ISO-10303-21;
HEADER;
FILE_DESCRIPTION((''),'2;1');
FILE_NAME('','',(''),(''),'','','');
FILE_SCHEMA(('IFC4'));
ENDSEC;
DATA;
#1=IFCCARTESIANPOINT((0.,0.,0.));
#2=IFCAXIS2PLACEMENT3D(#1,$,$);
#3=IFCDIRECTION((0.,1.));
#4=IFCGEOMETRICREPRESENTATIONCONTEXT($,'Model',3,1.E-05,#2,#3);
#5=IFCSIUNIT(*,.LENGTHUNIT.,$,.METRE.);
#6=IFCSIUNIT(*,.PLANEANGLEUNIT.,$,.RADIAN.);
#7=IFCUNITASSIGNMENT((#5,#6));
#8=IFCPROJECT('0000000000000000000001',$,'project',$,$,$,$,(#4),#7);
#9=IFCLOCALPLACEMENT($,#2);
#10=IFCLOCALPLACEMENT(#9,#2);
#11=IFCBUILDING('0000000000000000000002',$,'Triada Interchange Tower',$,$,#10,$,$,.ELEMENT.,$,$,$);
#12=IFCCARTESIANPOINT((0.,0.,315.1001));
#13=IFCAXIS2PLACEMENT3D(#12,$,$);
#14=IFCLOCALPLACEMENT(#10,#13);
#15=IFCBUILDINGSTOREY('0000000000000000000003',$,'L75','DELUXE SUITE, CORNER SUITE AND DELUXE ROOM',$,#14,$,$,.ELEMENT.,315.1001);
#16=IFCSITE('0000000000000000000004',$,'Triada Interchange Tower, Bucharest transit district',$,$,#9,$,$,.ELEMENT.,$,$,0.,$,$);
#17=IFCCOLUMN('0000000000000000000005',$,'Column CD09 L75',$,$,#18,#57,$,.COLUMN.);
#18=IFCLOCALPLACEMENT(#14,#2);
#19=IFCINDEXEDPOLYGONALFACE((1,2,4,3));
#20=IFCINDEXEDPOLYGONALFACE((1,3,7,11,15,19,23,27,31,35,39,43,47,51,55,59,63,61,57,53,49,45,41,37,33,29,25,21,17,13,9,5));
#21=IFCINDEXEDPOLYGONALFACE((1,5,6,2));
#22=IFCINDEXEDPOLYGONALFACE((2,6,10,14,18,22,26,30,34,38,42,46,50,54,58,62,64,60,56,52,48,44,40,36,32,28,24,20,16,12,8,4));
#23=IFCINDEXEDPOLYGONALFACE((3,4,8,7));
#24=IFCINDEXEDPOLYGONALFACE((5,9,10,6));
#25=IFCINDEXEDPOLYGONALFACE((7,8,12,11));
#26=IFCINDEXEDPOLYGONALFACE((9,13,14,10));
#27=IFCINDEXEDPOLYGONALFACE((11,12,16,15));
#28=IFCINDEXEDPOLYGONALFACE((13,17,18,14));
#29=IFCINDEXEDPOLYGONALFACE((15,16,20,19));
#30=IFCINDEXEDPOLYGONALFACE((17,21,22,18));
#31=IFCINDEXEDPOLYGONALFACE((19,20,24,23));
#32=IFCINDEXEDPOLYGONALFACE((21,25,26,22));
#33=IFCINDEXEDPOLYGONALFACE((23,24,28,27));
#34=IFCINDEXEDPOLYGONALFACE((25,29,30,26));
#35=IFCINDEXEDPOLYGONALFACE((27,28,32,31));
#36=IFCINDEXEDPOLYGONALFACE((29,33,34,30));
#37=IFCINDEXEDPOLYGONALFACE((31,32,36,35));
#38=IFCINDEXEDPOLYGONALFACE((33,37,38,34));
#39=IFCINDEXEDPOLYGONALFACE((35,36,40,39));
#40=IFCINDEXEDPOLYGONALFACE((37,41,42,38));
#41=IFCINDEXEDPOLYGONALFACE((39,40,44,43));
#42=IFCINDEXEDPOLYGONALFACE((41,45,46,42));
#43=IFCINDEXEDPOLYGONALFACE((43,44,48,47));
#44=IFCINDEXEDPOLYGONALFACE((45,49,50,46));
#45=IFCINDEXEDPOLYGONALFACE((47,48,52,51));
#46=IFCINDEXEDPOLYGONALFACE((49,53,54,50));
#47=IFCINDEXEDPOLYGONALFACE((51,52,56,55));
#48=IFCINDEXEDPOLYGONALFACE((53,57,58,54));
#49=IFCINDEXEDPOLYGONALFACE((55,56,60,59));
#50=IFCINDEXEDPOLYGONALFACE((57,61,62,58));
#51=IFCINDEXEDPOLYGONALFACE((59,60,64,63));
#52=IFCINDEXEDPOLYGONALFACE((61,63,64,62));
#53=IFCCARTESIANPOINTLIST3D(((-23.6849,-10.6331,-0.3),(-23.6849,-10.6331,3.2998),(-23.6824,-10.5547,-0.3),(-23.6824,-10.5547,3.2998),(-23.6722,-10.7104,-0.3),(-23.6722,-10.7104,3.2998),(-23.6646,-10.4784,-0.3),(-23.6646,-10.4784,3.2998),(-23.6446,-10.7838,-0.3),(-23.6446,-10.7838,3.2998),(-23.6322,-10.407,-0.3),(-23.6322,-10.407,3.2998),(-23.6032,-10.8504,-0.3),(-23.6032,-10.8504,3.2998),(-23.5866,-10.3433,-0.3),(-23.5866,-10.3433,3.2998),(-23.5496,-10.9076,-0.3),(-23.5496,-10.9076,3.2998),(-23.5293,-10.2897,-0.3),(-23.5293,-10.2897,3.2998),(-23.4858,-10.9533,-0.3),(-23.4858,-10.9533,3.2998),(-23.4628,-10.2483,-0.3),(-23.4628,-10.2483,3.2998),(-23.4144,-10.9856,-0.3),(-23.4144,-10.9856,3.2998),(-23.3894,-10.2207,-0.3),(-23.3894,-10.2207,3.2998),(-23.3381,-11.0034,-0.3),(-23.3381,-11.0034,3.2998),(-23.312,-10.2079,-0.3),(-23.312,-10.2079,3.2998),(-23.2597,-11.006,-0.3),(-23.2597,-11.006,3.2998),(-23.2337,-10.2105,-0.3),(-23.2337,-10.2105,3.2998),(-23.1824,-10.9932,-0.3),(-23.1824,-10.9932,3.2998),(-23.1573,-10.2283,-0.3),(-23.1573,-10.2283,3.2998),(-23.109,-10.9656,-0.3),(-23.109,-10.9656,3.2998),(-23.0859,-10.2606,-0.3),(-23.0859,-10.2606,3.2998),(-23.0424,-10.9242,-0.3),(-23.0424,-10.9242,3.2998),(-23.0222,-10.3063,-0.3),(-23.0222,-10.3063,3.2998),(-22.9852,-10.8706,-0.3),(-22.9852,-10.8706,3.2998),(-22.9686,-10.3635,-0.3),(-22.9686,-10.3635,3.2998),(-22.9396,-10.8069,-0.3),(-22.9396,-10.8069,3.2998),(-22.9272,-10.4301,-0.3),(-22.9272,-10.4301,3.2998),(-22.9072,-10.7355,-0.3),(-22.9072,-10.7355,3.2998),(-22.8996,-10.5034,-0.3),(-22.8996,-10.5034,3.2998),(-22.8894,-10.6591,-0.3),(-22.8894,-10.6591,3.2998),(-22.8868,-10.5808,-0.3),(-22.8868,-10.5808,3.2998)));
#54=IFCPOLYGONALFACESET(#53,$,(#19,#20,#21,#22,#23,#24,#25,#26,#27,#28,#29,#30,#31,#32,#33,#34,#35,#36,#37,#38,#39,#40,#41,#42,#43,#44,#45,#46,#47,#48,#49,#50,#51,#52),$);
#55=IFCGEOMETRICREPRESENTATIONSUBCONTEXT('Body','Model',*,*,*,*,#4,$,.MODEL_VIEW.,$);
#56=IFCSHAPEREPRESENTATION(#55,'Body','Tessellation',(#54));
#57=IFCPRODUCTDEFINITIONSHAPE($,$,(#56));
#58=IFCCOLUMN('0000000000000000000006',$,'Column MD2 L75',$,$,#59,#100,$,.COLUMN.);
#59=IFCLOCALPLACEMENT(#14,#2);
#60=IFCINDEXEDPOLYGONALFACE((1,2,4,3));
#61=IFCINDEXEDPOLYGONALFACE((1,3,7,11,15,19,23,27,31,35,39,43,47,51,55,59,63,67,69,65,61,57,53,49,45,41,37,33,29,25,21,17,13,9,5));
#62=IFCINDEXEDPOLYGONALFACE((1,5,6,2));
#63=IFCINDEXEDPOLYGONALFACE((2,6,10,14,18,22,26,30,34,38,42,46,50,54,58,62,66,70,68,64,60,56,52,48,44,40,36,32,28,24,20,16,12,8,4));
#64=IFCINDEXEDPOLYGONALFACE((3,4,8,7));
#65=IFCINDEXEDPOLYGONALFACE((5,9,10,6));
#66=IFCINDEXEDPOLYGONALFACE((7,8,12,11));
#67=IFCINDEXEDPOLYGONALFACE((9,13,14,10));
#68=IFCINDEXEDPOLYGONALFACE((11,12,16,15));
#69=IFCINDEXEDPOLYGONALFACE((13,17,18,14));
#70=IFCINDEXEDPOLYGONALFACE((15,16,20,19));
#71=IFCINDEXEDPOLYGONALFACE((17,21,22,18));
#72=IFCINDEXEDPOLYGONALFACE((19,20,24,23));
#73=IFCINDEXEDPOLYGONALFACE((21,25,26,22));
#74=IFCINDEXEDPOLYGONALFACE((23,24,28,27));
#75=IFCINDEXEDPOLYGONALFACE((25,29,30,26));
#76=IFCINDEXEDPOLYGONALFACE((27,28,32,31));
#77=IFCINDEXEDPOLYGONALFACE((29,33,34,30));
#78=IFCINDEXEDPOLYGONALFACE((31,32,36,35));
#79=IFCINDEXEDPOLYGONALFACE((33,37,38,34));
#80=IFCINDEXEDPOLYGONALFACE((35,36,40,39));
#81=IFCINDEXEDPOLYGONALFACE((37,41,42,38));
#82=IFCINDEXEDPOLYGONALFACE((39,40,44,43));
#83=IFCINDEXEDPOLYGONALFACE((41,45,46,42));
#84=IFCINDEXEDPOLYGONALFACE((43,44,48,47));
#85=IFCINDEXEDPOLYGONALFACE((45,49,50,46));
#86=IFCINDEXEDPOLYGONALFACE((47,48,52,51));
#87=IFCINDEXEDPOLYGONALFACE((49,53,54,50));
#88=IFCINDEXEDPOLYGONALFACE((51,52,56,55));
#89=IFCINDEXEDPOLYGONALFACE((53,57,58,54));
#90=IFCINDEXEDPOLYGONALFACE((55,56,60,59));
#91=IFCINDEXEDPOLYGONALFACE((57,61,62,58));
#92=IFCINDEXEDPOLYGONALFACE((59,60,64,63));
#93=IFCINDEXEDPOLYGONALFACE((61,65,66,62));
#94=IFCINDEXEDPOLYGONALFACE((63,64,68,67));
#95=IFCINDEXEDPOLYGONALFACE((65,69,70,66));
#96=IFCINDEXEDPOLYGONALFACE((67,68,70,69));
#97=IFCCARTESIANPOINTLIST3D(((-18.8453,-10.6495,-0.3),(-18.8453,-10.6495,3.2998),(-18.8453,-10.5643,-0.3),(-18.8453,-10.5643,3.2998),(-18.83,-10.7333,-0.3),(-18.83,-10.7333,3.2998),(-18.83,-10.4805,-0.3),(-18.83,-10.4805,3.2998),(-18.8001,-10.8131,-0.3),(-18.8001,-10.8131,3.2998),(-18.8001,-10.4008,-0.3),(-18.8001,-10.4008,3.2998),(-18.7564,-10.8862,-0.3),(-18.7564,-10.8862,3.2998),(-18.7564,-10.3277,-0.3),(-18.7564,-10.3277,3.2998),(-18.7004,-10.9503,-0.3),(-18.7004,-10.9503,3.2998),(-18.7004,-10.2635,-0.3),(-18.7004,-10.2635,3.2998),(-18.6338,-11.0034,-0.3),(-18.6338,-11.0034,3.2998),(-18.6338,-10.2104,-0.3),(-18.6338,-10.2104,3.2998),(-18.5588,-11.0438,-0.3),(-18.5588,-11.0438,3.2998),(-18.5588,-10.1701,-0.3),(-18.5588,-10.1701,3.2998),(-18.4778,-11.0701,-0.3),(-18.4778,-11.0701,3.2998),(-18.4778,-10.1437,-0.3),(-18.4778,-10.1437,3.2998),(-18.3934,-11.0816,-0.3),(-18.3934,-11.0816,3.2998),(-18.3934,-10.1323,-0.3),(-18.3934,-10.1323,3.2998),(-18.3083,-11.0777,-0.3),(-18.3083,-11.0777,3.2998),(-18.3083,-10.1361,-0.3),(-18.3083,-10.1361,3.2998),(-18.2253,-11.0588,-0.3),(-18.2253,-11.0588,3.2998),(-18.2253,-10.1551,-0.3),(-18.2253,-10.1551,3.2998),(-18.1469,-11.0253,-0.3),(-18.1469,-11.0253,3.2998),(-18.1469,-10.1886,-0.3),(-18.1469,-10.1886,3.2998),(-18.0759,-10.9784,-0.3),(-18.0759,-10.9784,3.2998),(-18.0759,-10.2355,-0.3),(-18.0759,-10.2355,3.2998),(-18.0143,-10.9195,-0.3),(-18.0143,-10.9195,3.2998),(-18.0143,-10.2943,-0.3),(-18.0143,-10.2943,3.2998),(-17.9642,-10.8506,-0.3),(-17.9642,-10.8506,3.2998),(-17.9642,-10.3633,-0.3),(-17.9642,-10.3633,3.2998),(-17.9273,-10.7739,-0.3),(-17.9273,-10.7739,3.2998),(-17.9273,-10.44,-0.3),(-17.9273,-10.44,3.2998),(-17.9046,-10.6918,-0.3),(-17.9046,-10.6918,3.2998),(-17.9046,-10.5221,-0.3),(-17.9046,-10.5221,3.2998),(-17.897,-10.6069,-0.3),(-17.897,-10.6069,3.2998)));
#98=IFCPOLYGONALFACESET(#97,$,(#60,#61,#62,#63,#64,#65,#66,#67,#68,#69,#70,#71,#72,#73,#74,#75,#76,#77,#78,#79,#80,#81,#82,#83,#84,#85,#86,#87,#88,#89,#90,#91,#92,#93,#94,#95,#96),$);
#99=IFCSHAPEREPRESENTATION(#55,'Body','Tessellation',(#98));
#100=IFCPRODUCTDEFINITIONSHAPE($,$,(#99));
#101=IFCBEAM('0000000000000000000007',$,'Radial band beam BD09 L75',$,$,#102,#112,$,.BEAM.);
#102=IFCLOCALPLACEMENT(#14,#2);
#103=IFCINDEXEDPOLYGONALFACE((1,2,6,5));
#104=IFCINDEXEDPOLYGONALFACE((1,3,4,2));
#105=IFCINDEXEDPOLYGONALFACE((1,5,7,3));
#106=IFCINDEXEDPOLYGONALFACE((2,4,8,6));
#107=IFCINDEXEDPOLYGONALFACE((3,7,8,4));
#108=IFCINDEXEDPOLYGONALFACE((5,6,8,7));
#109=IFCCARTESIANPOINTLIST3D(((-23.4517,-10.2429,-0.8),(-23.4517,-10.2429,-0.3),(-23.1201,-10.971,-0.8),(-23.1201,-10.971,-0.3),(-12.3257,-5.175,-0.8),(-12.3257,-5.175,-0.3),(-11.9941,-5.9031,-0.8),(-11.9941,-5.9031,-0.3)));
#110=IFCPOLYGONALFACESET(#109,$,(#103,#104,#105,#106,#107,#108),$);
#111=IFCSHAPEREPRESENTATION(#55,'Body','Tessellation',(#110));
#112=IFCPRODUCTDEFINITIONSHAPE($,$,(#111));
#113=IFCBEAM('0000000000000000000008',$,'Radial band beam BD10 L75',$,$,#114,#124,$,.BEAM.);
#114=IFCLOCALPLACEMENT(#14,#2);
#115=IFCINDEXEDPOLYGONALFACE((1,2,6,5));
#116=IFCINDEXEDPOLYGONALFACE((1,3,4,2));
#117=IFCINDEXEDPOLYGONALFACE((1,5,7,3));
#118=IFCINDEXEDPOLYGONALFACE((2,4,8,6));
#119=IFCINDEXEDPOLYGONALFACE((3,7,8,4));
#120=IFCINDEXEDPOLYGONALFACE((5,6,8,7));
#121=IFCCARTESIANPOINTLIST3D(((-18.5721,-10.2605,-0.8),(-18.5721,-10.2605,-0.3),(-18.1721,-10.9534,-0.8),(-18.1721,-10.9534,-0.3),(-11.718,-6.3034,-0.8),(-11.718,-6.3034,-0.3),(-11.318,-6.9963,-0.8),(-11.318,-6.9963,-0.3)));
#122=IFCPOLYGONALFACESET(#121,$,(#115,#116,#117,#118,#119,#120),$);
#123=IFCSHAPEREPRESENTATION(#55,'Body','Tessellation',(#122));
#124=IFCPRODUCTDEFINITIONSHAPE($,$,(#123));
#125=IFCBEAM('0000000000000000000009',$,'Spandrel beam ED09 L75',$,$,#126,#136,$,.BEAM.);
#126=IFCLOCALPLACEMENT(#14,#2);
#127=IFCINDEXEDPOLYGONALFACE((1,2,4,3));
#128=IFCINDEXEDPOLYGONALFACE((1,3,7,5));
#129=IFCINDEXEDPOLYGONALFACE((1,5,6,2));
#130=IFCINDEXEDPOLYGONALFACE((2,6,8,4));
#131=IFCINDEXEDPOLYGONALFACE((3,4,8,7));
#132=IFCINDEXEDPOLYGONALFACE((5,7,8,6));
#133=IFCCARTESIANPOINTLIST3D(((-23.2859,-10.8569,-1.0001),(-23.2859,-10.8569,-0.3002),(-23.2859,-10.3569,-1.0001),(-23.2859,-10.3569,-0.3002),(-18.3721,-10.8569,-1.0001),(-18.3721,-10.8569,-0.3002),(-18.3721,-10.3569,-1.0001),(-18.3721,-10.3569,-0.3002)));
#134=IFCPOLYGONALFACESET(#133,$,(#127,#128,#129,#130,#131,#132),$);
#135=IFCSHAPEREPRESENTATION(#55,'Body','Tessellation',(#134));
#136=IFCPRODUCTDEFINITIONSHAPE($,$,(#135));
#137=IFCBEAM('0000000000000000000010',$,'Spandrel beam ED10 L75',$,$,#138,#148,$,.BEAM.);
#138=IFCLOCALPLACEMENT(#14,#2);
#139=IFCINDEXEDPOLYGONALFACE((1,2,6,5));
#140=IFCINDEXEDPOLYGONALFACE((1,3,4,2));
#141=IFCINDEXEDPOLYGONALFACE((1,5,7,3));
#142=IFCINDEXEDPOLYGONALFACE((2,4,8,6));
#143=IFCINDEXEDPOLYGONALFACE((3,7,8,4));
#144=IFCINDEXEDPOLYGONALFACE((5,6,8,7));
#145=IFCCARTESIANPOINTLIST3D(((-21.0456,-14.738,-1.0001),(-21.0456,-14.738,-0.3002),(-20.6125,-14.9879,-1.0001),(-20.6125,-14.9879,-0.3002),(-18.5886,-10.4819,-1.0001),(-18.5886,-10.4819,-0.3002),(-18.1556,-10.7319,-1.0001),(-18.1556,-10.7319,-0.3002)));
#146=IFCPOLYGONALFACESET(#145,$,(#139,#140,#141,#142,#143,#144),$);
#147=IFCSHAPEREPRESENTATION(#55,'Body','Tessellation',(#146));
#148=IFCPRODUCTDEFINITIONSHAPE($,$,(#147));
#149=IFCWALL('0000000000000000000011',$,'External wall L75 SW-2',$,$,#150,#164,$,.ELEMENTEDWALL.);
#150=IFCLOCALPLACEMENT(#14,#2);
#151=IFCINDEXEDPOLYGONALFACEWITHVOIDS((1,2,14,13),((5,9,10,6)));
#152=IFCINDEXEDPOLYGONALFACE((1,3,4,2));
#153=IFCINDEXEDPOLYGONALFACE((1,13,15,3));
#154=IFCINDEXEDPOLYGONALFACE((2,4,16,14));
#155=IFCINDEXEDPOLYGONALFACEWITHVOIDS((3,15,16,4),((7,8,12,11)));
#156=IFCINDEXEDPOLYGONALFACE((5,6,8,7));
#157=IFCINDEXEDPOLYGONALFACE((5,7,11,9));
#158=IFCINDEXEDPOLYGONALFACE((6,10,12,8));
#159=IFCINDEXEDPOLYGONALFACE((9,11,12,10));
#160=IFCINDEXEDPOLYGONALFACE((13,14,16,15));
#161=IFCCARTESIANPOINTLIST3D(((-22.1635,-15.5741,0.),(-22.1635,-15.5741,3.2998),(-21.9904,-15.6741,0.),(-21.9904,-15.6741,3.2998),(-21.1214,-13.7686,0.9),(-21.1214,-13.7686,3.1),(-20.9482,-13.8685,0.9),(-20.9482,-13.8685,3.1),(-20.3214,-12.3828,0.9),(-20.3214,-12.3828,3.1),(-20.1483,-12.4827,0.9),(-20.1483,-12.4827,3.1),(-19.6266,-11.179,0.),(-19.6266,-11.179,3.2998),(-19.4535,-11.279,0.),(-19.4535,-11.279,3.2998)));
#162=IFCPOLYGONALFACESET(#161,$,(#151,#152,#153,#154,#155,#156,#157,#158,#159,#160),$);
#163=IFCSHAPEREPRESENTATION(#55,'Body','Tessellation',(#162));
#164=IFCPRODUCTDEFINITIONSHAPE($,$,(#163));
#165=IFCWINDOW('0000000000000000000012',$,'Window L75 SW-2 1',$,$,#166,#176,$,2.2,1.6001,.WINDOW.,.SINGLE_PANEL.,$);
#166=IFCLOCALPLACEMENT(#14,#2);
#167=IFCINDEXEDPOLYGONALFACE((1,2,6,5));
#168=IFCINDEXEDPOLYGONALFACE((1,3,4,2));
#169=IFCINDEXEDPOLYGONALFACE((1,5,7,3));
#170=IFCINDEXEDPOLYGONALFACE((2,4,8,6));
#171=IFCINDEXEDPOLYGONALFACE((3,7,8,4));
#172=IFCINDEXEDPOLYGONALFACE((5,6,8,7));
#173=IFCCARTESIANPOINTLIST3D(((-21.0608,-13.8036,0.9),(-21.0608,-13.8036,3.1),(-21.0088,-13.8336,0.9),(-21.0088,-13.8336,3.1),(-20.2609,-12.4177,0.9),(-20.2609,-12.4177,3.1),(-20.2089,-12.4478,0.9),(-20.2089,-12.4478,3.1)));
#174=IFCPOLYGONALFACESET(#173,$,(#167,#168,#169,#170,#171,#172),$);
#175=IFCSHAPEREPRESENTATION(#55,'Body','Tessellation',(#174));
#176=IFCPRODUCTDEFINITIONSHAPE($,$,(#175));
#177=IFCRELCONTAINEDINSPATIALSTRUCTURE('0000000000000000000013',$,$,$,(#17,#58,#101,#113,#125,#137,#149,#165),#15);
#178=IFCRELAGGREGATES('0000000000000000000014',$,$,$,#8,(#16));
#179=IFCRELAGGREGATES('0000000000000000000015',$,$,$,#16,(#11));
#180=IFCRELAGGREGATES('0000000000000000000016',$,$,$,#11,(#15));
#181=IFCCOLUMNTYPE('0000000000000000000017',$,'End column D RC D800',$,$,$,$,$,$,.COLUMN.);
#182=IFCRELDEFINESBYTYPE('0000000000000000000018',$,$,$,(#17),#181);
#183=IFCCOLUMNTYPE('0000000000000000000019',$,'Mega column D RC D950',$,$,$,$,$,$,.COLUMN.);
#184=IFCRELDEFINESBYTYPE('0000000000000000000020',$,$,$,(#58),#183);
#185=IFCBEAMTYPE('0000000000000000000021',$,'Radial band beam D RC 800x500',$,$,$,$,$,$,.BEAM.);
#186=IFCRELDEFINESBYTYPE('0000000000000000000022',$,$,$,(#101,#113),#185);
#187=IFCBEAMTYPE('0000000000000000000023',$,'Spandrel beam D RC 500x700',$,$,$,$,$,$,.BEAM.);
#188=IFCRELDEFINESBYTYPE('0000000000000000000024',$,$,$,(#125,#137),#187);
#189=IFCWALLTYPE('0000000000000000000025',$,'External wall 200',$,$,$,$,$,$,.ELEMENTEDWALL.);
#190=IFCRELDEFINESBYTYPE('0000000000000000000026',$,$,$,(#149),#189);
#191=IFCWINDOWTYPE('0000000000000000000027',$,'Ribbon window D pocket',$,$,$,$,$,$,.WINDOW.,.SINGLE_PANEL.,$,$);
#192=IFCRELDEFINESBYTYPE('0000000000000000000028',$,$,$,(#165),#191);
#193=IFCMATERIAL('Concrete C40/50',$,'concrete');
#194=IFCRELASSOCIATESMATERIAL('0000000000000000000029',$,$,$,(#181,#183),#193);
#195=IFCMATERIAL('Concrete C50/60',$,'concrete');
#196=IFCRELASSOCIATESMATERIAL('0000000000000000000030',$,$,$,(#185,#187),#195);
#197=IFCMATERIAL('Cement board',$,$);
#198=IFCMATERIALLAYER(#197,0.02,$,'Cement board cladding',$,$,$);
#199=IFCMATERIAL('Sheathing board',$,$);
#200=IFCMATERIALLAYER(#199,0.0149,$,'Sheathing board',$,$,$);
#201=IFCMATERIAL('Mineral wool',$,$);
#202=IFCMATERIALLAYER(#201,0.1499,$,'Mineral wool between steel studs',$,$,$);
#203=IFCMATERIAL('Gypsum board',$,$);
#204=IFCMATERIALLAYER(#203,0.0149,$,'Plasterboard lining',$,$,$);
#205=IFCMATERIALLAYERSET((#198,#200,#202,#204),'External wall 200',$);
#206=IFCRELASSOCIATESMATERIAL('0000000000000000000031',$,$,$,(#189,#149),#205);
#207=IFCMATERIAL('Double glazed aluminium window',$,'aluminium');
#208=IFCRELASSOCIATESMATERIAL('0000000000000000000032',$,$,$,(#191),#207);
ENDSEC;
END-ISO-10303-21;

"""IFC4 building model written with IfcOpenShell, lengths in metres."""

from ifc_helpers import new_model, si_unit, direction, frame, frame_2d, origin, origin_2d, place, context, subcontext, project, spatial, rectangle, circle, extrude, material, layer, layer_set, layer_usage, material_profile, profile_set, type_object, element, fill, save


model = new_model("IFC4")

# Units and contexts
model_context = context("Model", 3, precision=1e-05, world=origin(), true_north=direction((0.0, 1.0)))
body_context = subcontext(model_context, "Body", "Model", "MODEL_VIEW")
ifc_project = project(units=[si_unit("LENGTHUNIT", "METRE"), si_unit("PLANEANGLEUNIT", "RADIAN")], contexts=[model_context])

# Site, building, storey
site_placement = place(None, origin())
site = spatial("IfcSite", under=ifc_project, at=site_placement, Name="Triada Interchange Tower, Bucharest transit district", CompositionType="ELEMENT", RefElevation=0.0)
building_placement = place(site_placement, origin())
building = spatial("IfcBuilding", under=site, at=building_placement, Name="Triada Interchange Tower", CompositionType="ELEMENT")
storey_placement = place(building_placement, frame((0.0, 0.0, 315.1001)))
storey = spatial("IfcBuildingStorey", under=building, at=storey_placement, Name="L75", Description="DELUXE SUITE, CORNER SUITE AND DELUXE ROOM", CompositionType="ELEMENT", Elevation=315.1001)

# Columns
ifc_material_1 = material(Name="Concrete C40/50", Category="concrete")
ifc_material_profile_1 = material_profile(ifc_material_1, circle(Radius=0.3999, at=origin_2d()), Name="RC D800")
ifc_profile_set_1 = profile_set([ifc_material_profile_1], Name="Concrete C40/50")
column_type_1 = type_object("IfcColumnType", Name="End column D RC D800", PredefinedType="COLUMN", material=ifc_profile_set_1)
column_1_placement = place(storey_placement, frame((-23.2859, -10.6069, -0.3), z_axis=(0.0, 0.0, 1.0), x_axis=(0.5, 0.866025, 0.0)))
element("IfcColumn", 1, at=column_1_placement, inside=storey, type_object=column_type_1, Name="Column CD09 L75", PredefinedType="COLUMN", context=body_context, shape_type="SweptSolid", body=[
    extrude(circle(Radius=0.3999, at=origin_2d()), origin(), (0.0, 0.0, 1.0), 3.5999),
])
ifc_material_profile_2 = material_profile(ifc_material_1, circle(Radius=0.4751, at=origin_2d()), Name="RC D950")
ifc_profile_set_2 = profile_set([ifc_material_profile_2], Name="Concrete C40/50")
column_type_2 = type_object("IfcColumnType", Name="Mega column D RC D950", PredefinedType="COLUMN", material=ifc_profile_set_2)
column_2_placement = place(storey_placement, frame((-18.3721, -10.6069, -0.3), z_axis=(0.0, 0.0, 1.0), x_axis=(1.0, 0.0, 0.0)))
element("IfcColumn", 2, at=column_2_placement, inside=storey, type_object=column_type_2, Name="Column MD2 L75", PredefinedType="COLUMN", context=body_context, shape_type="SweptSolid", body=[
    extrude(circle(Radius=0.4751, at=origin_2d()), origin(), (0.0, 0.0, 1.0), 3.5999),
])

# Beams
ifc_material_2 = material(Name="Concrete C50/60", Category="concrete")
ifc_material_profile_3 = material_profile(ifc_material_2, rectangle(XDim=0.8, YDim=0.5, at=origin_2d()), Name="RC 800x500")
ifc_profile_set_3 = profile_set([ifc_material_profile_3], Name="Concrete C50/60")
beam_type_1 = type_object("IfcBeamType", Name="Radial band beam D RC 800x500", PredefinedType="BEAM", material=ifc_profile_set_3)
beam_1_placement = place(storey_placement, frame((-23.2859, -10.6069, -0.55), z_axis=(0.910039, 0.414522, 0.0), x_axis=(-0.414522, 0.910039, 0.0)))
element("IfcBeam", 3, at=beam_1_placement, inside=storey, type_object=beam_type_1, Name="Radial band beam BD09 L75", PredefinedType="BEAM", context=body_context, shape_type="SweptSolid", body=[
    extrude(rectangle(XDim=0.8, YDim=0.5, at=origin_2d()), origin(), (0.0, 0.0, 1.0), 12.2258),
])
beam_2_placement = place(storey_placement, frame((-18.3721, -10.6069, -0.55), z_axis=(0.866033, 0.499988, 0.0), x_axis=(-0.499988, 0.866033, 0.0)))
element("IfcBeam", 4, at=beam_2_placement, inside=storey, type_object=beam_type_1, Name="Radial band beam BD10 L75", PredefinedType="BEAM", context=body_context, shape_type="SweptSolid", body=[
    extrude(rectangle(XDim=0.8, YDim=0.5, at=origin_2d()), origin(), (0.0, 0.0, 1.0), 7.9143),
])
ifc_material_profile_4 = material_profile(ifc_material_2, rectangle(XDim=0.5, YDim=0.7, at=origin_2d()), Name="RC 500x700")
ifc_profile_set_4 = profile_set([ifc_material_profile_4], Name="Concrete C50/60")
beam_type_2 = type_object("IfcBeamType", Name="Spandrel beam D RC 500x700", PredefinedType="BEAM", material=ifc_profile_set_4)
beam_3_placement = place(storey_placement, frame((-23.2859, -10.6069, -0.6501), z_axis=(1.0, 0.0, 0.0), x_axis=(0.0, 1.0, 0.0)))
element("IfcBeam", 5, at=beam_3_placement, inside=storey, type_object=beam_type_2, Name="Spandrel beam ED09 L75", PredefinedType="BEAM", context=body_context, shape_type="SweptSolid", body=[
    extrude(rectangle(XDim=0.5, YDim=0.7, at=origin_2d()), origin(), (0.0, 0.0, 1.0), 4.9138),
])
beam_4_placement = place(storey_placement, frame((-18.3721, -10.6069, -0.6501), z_axis=(-0.499965, -0.866046, 0.0), x_axis=(0.866046, -0.499965, 0.0)))
element("IfcBeam", 6, at=beam_4_placement, inside=storey, type_object=beam_type_2, Name="Spandrel beam ED10 L75", PredefinedType="BEAM", context=body_context, shape_type="SweptSolid", body=[
    extrude(rectangle(XDim=0.5, YDim=0.7, at=origin_2d()), origin(), (0.0, 0.0, 1.0), 4.9143),
])

# Wall, opening, window
ifc_material_3 = material(Name="Cement board")
ifc_layer_1 = layer(ifc_material_3, 0.02, Name="Cement board cladding")
ifc_material_4 = material(Name="Sheathing board")
ifc_layer_2 = layer(ifc_material_4, 0.0149, Name="Sheathing board")
ifc_material_5 = material(Name="Mineral wool")
ifc_layer_3 = layer(ifc_material_5, 0.1499, Name="Mineral wool between steel studs")
ifc_material_6 = material(Name="Gypsum board")
ifc_layer_4 = layer(ifc_material_6, 0.0149, Name="Plasterboard lining")
ifc_layer_set_1 = layer_set([ifc_layer_1, ifc_layer_2, ifc_layer_3, ifc_layer_4], Name="External wall 200")
ifc_layer_usage = layer_usage(ifc_layer_set_1, "AXIS2", "POSITIVE", -0.1001)
wall_type_1 = type_object("IfcWallType", Name="External wall 200", PredefinedType="ELEMENTEDWALL", material=ifc_layer_set_1)
wall_1_placement = place(storey_placement, frame((-19.54, -11.229, 0.0), z_axis=(0.0, 0.0, 1.0), x_axis=(-0.499911, -0.866077, 0.0)))
wall_1 = element("IfcWall", 7, at=wall_1_placement, inside=storey, type_object=wall_type_1, material=ifc_layer_usage, Name="External wall L75 SW-2", PredefinedType="ELEMENTEDWALL", context=body_context, shape_type="SweptSolid", body=[
    extrude(rectangle(XDim=5.0747, YDim=0.2, at=frame_2d((2.5374, 0.0))), origin(), (0.0, 0.0, 1.0), 3.2998),
])
opening_1_placement = place(wall_1_placement, frame((1.3899, 0.0, 0.8999)))
opening_1 = element("IfcOpeningElement", 8, at=opening_1_placement, cuts=wall_1, PredefinedType="OPENING", context=body_context, shape_type="SweptSolid", body=[
    extrude(rectangle(XDim=1.6001, YDim=2.2, at=frame_2d((0.8, 1.1001))), frame((0.0, 0.1099, 0.0), z_axis=(0.0, -1.0, 0.0), x_axis=(1.0, 0.0, 0.0)), (0.0, 0.0, 1.0), 0.22),
])
ifc_material_7 = material(Name="Double glazed aluminium window", Category="aluminium")
window_type = type_object("IfcWindowType", Name="Ribbon window D pocket", PartitioningType="SINGLE_PANEL", PredefinedType="WINDOW", material=ifc_material_7)
window_placement = place(opening_1_placement, origin())
window = element("IfcWindow", 9, at=window_placement, inside=storey, type_object=window_type, Name="Window L75 SW-2 1", OverallHeight=2.2, OverallWidth=1.6001, PartitioningType="SINGLE_PANEL", PredefinedType="WINDOW", context=body_context, shape_type="SweptSolid", body=[
    extrude(rectangle(XDim=1.6001, YDim=2.2, at=frame_2d((0.8, 1.1001))), frame((0.0, 0.03, 0.0), z_axis=(0.0, -1.0, 0.0), x_axis=(1.0, 0.0, 0.0)), (0.0, 0.0, 1.0), 0.0601),
])
fill(opening_1, window)

save(model, "model.ifc")
